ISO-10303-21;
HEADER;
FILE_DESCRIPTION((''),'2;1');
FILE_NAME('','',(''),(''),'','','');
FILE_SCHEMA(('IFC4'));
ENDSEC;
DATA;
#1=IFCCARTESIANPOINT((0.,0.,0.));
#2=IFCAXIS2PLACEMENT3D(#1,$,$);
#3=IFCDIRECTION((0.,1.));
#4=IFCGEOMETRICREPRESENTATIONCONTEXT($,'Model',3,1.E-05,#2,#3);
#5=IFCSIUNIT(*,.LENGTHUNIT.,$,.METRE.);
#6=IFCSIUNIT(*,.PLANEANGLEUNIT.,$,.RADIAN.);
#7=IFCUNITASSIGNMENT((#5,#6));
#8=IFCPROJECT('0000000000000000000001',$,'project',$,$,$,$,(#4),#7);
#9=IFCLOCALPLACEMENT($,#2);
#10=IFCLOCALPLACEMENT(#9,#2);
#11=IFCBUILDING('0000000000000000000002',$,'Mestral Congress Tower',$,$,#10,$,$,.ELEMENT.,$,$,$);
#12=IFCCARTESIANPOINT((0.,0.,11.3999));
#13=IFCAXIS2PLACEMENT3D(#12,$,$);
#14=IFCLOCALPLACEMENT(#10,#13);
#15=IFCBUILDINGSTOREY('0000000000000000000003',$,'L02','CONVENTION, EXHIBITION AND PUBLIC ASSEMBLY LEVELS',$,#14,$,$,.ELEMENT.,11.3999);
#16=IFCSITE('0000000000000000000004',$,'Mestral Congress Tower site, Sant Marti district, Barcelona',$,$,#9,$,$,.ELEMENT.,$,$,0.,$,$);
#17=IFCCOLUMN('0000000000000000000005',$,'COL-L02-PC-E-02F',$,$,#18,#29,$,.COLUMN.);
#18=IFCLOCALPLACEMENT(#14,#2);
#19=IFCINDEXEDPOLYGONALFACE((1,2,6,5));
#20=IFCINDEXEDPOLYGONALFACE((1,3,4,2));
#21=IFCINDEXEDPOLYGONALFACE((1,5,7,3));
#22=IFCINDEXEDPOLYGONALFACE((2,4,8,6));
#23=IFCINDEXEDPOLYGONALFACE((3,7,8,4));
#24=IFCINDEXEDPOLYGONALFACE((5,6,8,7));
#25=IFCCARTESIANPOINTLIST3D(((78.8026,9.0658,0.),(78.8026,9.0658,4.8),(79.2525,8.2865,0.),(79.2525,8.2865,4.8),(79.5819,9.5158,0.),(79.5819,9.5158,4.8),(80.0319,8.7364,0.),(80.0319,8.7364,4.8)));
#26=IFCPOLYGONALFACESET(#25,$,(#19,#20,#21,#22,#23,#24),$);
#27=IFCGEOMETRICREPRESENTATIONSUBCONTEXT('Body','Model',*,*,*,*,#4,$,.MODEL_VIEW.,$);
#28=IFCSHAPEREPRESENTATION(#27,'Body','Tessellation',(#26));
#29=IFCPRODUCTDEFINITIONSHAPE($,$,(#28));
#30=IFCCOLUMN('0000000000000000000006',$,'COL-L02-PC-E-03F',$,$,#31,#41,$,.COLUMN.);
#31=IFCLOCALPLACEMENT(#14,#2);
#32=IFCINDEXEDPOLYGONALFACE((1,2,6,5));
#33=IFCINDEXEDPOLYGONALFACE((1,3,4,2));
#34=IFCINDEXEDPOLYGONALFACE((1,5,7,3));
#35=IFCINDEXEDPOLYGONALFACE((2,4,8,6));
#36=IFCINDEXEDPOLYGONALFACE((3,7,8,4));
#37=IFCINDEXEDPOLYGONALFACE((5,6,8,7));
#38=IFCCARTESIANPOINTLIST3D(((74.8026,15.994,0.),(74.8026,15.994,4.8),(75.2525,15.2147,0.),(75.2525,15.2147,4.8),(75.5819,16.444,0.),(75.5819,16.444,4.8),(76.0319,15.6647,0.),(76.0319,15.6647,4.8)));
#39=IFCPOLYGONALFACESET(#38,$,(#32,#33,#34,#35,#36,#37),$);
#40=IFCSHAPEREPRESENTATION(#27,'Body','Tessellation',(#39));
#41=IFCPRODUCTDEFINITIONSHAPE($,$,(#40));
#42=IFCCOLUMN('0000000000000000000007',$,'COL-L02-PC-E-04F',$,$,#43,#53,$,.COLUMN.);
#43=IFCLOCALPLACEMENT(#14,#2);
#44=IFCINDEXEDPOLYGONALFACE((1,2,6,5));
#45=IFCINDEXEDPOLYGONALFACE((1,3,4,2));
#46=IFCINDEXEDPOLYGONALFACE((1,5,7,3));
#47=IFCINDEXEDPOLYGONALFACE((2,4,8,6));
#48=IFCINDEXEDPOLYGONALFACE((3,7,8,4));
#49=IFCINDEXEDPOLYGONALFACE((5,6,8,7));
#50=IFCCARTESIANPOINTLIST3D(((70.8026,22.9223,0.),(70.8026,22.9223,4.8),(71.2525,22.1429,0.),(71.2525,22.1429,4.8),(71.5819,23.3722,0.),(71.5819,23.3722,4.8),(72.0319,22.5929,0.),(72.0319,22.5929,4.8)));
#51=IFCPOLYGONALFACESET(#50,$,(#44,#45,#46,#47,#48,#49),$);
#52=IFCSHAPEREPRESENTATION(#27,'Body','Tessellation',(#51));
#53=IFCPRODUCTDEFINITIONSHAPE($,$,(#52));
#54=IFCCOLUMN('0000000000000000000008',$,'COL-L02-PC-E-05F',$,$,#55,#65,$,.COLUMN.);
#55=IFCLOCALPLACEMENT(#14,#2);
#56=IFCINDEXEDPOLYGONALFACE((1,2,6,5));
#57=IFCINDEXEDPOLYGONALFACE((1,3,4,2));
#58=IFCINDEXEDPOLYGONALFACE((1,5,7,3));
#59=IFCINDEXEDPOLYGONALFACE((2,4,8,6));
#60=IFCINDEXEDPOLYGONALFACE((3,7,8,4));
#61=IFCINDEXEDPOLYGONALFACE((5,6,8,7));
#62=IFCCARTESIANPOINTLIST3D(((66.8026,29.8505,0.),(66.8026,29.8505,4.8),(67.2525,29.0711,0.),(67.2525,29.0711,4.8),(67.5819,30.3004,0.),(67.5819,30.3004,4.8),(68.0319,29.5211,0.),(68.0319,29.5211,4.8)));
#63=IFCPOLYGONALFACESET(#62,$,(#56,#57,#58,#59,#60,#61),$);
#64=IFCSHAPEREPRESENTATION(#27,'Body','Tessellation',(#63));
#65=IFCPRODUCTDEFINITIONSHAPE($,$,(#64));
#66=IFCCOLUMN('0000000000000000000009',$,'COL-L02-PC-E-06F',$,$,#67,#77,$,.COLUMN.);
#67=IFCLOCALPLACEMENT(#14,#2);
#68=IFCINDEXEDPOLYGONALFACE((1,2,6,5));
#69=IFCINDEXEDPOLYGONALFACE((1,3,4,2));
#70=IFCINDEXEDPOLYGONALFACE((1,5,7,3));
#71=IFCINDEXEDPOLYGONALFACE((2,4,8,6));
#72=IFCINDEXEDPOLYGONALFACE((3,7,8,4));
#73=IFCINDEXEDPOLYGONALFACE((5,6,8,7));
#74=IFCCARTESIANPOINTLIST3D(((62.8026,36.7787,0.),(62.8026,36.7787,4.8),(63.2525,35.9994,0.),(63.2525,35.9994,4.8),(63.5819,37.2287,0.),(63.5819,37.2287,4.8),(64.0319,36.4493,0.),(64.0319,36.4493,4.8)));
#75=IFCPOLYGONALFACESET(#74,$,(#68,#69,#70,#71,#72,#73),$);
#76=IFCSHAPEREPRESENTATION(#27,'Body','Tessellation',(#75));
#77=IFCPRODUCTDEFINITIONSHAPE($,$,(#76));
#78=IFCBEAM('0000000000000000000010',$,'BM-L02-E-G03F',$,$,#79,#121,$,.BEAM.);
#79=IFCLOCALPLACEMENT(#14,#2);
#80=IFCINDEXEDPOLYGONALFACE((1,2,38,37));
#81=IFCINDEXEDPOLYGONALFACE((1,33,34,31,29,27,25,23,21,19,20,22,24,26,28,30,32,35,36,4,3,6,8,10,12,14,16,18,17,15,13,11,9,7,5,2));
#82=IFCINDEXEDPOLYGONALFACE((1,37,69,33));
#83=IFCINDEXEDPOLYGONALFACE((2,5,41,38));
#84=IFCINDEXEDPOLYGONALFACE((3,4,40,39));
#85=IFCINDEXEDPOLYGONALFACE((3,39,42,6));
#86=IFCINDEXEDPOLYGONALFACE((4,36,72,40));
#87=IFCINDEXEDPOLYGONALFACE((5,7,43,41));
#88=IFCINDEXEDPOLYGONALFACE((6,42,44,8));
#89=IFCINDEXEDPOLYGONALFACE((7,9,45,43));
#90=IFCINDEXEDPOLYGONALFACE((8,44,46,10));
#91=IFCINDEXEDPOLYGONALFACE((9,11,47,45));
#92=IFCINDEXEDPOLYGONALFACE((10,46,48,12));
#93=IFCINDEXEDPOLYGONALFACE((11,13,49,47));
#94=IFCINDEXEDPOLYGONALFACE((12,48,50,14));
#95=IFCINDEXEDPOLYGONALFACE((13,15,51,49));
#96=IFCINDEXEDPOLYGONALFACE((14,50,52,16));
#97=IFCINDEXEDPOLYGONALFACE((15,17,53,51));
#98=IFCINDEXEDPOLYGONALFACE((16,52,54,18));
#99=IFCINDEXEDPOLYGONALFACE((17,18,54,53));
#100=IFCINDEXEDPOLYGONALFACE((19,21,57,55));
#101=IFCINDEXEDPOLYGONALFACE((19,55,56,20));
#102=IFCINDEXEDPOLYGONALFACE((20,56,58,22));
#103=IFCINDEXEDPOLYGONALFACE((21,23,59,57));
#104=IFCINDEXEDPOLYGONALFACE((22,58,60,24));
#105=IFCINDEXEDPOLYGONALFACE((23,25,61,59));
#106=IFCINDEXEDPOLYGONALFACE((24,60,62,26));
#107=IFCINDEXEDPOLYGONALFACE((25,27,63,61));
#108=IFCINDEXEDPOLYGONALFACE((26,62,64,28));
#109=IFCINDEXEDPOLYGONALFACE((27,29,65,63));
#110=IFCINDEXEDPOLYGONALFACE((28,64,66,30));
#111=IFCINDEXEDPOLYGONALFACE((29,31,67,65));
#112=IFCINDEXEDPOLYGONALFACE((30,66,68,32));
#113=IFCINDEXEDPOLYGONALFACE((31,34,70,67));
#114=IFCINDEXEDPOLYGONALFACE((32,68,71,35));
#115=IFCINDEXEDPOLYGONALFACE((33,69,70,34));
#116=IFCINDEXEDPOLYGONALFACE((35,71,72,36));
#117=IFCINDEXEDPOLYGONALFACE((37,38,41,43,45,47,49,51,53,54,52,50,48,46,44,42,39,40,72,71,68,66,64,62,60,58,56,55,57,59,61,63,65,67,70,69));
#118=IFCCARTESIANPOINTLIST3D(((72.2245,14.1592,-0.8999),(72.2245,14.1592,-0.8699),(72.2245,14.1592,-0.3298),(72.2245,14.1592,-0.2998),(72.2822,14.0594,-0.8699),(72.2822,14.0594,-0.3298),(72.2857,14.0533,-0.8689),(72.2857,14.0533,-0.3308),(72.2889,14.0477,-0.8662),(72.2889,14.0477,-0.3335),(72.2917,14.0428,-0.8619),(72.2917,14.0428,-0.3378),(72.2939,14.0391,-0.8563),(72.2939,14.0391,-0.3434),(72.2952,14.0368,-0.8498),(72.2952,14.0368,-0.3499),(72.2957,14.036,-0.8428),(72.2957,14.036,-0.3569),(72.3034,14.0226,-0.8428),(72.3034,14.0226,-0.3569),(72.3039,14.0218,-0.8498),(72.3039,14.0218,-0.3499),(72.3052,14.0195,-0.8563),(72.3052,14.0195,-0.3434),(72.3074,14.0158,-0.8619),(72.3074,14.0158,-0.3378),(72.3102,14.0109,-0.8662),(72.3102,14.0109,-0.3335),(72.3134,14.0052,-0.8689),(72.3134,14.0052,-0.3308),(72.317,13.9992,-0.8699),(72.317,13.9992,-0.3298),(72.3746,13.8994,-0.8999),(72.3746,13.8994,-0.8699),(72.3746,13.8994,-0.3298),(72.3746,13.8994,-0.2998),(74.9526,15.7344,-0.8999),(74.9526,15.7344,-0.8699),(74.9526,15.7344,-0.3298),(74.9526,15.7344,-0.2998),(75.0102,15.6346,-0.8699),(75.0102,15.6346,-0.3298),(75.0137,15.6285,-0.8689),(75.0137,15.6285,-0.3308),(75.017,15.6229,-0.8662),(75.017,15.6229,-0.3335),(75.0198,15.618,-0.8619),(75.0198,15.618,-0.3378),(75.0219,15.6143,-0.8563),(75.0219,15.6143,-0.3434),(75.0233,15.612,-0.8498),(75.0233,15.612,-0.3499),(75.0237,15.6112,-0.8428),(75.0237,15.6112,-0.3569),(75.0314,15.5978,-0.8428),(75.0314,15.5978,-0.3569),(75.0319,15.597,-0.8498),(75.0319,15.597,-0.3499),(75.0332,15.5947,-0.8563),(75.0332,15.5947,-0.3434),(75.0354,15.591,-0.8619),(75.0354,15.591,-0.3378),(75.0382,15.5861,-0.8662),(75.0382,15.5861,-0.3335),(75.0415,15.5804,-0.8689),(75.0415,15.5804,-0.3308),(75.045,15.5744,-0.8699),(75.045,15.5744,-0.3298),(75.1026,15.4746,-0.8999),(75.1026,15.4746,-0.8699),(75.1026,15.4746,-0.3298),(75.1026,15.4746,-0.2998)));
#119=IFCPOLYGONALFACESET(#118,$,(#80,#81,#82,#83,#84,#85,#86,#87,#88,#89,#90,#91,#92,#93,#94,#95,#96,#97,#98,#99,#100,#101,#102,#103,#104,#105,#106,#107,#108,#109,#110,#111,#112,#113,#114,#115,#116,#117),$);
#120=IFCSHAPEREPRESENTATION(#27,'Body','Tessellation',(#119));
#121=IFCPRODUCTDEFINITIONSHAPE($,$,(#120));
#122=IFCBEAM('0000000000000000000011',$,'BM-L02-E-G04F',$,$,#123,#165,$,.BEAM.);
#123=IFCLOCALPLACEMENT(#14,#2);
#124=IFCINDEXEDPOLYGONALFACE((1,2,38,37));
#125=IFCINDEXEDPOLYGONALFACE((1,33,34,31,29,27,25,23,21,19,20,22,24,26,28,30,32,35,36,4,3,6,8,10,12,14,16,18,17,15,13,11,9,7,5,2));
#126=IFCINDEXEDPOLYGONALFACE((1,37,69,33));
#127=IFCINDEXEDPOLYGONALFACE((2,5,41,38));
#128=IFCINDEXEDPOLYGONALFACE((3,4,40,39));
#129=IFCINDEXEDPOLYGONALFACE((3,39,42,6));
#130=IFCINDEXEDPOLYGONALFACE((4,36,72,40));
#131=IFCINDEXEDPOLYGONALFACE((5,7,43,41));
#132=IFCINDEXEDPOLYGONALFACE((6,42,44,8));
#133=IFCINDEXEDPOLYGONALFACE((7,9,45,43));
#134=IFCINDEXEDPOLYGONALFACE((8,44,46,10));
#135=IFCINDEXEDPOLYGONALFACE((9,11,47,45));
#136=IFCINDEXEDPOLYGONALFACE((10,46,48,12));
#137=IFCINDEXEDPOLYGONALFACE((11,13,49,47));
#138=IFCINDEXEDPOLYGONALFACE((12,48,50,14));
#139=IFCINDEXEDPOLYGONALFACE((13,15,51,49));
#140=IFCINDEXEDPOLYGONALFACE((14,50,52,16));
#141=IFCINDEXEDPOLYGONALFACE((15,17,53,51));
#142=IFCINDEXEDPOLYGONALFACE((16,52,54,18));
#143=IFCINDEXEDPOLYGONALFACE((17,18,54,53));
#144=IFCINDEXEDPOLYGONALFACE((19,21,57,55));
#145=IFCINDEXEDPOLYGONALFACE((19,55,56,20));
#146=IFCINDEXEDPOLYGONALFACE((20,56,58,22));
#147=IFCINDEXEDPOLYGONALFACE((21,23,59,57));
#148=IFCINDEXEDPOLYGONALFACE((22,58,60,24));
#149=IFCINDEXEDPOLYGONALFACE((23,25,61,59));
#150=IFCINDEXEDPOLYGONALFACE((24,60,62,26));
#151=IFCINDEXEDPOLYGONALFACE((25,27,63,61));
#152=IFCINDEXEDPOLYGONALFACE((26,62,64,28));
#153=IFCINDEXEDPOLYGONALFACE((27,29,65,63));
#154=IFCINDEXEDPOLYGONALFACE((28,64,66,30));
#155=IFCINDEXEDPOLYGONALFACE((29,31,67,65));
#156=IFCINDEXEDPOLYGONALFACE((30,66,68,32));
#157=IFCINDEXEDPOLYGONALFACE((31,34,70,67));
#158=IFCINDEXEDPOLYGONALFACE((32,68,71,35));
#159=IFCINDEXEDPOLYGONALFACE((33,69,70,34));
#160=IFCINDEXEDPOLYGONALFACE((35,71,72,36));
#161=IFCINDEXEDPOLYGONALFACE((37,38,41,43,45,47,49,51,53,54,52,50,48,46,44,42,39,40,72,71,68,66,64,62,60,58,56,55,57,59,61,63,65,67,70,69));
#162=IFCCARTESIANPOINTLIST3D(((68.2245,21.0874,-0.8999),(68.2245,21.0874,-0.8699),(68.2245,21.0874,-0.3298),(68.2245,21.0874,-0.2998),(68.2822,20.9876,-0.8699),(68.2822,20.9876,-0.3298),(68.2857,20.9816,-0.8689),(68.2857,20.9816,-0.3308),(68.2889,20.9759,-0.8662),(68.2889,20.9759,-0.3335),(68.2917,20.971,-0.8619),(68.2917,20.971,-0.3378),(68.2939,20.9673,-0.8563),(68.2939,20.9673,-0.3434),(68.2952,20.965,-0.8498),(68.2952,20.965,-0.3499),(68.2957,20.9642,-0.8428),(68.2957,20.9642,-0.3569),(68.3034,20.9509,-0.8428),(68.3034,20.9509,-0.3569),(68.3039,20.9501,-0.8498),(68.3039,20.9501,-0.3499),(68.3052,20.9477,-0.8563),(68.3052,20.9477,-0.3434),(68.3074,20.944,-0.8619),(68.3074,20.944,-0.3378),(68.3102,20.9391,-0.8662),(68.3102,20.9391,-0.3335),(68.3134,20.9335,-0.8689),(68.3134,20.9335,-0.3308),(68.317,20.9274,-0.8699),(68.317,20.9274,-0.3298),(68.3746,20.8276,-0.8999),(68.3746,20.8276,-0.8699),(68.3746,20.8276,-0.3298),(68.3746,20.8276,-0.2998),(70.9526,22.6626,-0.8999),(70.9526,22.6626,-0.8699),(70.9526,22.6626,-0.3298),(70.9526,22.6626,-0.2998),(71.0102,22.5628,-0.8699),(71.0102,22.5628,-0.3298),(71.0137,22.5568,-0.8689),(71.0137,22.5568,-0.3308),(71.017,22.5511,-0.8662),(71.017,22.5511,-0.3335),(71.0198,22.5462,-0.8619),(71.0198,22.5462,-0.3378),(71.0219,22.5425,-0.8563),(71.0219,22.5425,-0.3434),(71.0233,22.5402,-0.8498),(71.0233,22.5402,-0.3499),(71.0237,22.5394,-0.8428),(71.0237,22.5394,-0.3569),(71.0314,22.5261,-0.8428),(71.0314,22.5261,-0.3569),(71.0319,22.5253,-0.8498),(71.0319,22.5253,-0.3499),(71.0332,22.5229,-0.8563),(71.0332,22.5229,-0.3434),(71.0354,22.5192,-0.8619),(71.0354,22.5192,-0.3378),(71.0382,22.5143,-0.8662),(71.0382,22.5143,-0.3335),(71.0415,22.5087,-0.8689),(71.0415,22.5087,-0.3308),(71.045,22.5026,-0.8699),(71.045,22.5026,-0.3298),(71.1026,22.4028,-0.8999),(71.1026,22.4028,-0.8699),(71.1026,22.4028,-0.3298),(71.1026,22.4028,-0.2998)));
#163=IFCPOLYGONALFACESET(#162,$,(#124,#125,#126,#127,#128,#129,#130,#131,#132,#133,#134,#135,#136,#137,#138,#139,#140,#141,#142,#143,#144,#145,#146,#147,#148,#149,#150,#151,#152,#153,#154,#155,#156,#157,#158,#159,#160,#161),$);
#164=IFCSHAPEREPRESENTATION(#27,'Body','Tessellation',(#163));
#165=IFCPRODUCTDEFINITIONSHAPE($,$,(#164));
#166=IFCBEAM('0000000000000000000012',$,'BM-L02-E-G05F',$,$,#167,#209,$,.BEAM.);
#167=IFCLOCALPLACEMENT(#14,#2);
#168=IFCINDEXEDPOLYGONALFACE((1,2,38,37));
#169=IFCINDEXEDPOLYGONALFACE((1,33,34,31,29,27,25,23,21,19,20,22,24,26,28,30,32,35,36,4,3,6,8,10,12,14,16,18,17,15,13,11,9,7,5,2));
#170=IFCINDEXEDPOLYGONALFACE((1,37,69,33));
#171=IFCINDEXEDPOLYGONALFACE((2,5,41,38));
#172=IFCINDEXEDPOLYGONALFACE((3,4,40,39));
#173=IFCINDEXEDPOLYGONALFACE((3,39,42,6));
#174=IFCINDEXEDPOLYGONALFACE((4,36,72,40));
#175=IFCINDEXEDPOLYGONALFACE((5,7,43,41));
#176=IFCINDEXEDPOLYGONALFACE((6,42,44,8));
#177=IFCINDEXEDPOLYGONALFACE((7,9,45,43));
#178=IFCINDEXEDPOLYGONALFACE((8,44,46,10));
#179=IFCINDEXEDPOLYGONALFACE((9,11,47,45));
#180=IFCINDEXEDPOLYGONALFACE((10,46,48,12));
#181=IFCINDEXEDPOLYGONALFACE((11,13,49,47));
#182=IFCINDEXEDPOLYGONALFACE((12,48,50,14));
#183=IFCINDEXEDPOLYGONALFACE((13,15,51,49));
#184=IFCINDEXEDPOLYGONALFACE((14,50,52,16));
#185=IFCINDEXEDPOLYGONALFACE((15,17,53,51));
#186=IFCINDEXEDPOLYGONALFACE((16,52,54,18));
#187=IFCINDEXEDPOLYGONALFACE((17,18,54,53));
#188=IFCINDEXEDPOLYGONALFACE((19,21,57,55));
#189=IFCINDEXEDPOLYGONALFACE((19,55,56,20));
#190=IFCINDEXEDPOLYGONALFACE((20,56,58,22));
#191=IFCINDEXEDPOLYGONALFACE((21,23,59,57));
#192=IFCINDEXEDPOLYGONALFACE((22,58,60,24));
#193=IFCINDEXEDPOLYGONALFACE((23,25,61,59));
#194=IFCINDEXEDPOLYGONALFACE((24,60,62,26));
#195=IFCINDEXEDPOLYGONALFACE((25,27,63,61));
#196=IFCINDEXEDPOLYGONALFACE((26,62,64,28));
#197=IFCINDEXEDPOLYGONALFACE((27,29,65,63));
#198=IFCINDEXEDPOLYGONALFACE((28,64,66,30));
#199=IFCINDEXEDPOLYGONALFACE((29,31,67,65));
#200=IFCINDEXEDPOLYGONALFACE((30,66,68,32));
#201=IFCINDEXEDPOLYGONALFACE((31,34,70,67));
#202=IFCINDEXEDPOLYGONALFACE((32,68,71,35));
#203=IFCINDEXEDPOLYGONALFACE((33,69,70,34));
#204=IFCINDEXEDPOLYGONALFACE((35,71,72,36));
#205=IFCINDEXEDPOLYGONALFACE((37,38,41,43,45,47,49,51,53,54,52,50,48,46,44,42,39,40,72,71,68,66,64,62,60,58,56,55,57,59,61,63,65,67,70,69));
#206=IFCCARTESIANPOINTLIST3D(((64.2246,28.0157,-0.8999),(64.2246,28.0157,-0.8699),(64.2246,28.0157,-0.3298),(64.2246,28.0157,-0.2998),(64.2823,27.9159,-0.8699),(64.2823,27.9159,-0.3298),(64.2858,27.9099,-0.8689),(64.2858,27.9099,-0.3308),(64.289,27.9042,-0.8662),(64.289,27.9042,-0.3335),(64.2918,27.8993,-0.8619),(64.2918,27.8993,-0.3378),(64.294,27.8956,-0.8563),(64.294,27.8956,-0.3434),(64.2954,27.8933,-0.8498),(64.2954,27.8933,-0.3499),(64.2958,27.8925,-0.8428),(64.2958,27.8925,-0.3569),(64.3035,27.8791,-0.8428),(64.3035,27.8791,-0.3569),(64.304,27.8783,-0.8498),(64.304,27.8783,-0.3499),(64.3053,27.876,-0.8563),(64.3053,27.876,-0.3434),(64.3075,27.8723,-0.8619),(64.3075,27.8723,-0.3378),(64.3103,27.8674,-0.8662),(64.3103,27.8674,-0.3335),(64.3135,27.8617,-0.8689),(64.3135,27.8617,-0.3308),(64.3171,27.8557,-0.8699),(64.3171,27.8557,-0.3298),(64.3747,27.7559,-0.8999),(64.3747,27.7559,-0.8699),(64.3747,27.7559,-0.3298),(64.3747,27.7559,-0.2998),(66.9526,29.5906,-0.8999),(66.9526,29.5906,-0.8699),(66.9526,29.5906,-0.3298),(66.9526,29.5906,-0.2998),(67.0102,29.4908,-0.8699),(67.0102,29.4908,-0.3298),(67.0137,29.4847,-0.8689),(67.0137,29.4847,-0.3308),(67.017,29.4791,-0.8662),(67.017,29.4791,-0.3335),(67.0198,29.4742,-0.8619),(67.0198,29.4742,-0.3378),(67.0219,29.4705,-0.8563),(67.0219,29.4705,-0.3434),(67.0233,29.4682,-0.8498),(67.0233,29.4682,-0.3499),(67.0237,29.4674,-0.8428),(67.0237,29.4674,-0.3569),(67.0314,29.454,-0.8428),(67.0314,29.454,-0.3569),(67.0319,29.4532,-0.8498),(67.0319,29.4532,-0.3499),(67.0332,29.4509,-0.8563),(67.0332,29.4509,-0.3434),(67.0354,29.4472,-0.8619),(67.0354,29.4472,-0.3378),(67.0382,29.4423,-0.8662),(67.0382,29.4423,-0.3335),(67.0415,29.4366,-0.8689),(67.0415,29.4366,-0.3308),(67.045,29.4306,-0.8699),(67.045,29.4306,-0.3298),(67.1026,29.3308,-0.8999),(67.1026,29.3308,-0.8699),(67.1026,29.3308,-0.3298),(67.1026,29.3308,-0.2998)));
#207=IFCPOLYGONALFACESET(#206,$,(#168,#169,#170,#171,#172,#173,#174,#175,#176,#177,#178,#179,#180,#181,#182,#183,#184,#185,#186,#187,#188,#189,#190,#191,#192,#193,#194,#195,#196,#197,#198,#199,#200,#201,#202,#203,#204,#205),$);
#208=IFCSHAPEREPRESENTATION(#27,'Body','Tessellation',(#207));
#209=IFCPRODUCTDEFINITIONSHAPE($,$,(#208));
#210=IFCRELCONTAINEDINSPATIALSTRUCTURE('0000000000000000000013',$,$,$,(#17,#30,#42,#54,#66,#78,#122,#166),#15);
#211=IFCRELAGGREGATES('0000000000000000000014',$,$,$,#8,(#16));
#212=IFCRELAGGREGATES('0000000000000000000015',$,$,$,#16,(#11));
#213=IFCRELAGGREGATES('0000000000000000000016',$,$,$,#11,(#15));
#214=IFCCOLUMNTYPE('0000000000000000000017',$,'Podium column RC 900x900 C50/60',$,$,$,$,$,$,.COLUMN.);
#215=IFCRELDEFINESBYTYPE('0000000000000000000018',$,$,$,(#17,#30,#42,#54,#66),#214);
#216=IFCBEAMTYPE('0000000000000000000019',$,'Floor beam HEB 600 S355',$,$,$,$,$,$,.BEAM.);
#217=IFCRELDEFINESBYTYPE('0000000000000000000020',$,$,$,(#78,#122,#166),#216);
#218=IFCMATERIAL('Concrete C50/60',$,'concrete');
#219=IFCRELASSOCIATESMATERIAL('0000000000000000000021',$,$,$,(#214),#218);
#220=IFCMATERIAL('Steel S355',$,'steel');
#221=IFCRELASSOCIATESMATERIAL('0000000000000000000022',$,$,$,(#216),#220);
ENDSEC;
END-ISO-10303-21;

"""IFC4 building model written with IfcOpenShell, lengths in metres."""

from ifc_helpers import new_model, si_unit, direction, frame, origin, origin_2d, place, context, subcontext, project, spatial, rectangle, i_section, extrude, material, material_profile, profile_set, type_object, element, save


model = new_model("IFC4")

# Units and contexts
model_context = context("Model", 3, precision=1e-05, world=origin(), true_north=direction((0.0, 1.0)))
body_context = subcontext(model_context, "Body", "Model", "MODEL_VIEW")
ifc_project = project(units=[si_unit("LENGTHUNIT", "METRE"), si_unit("PLANEANGLEUNIT", "RADIAN")], contexts=[model_context])

# Site, building, storey
site_placement = place(None, origin())
site = spatial("IfcSite", under=ifc_project, at=site_placement, Name="Mestral Congress Tower site, Sant Marti district, Barcelona", CompositionType="ELEMENT", RefElevation=0.0)
building_placement = place(site_placement, origin())
building = spatial("IfcBuilding", under=site, at=building_placement, Name="Mestral Congress Tower", CompositionType="ELEMENT")
storey_placement = place(building_placement, frame((0.0, 0.0, 11.3999)))
storey = spatial("IfcBuildingStorey", under=building, at=storey_placement, Name="L02", Description="CONVENTION, EXHIBITION AND PUBLIC ASSEMBLY LEVELS", CompositionType="ELEMENT", Elevation=11.3999)

# Columns
ifc_material_1 = material(Name="Concrete C50/60", Category="concrete")
ifc_material_profile_1 = material_profile(ifc_material_1, rectangle(XDim=0.8999, YDim=0.8999, at=origin_2d()), Name="RC 900x900")
ifc_profile_set_1 = profile_set([ifc_material_profile_1], Name="Concrete C50/60")
column_type = type_object("IfcColumnType", Name="Podium column RC 900x900 C50/60", PredefinedType="COLUMN", material=ifc_profile_set_1)
for number, where, z_axis, x_axis, name in (
    (1, (79.4172, 8.9011, 0.0), (0.0, 0.0, 1.0), (-0.5, 0.866025, 0.0), "COL-L02-PC-E-02F"),
    (2, (75.4172, 15.8293, 0.0), (0.0, 0.0, 1.0), (-0.5, 0.866025, 0.0), "COL-L02-PC-E-03F"),
    (3, (71.4172, 22.7576, 0.0), (0.0, 0.0, 1.0), (-0.5, 0.866025, 0.0), "COL-L02-PC-E-04F"),
    (4, (67.4172, 29.6858, 0.0), (0.0, 0.0, 1.0), (-0.5, 0.866025, 0.0), "COL-L02-PC-E-05F"),
    (5, (63.4172, 36.614, 0.0), (0.0, 0.0, 1.0), (-0.5, 0.866025, 0.0), "COL-L02-PC-E-06F"),
):
    element("IfcColumn", number, at=place(storey_placement, frame(where, z_axis=z_axis, x_axis=x_axis)), inside=storey, type_object=column_type, Name=name, PredefinedType="COLUMN", context=body_context, shape_type="SweptSolid", body=[
        extrude(rectangle(XDim=0.8999, YDim=0.8999, at=origin_2d()), origin(), (0.0, 0.0, 1.0), 4.8),
    ])

# Beams
ifc_material_2 = material(Name="Steel S355", Category="steel")
ifc_material_profile_2 = material_profile(ifc_material_2, i_section(OverallWidth=0.3, OverallDepth=0.6001, WebThickness=0.0154, FlangeThickness=0.03, FilletRadius=0.0271, at=origin_2d()), Name="HEB 600")
ifc_profile_set_2 = profile_set([ifc_material_profile_2], Name="Steel S355")
beam_type_1 = type_object("IfcBeamType", Name="Floor beam HEB 600 S355", PredefinedType="BEAM", material=ifc_profile_set_2)
for number, where, z_axis, x_axis, name in (
    (6, (75.0276, 15.6045, -0.5999), (-0.866002, -0.50004, 0.0), (0.50004, -0.866002, 0.0), "BM-L02-E-G03F"),
    (7, (71.0276, 22.5327, -0.5999), (-0.866002, -0.50004, 0.0), (0.50004, -0.866002, 0.0), "BM-L02-E-G04F"),
):
    element("IfcBeam", number, at=place(storey_placement, frame(where, z_axis=z_axis, x_axis=x_axis)), inside=storey, type_object=beam_type_1, Name=name, PredefinedType="BEAM", context=body_context, shape_type="SweptSolid", body=[
        extrude(i_section(OverallWidth=0.3, OverallDepth=0.6001, WebThickness=0.0154, FlangeThickness=0.03, FilletRadius=0.0271, at=origin_2d()), origin(), (0.0, 0.0, 1.0), 3.1501),
    ])
beam_1_placement = place(storey_placement, frame((67.0276, 29.4607, -0.5999), z_axis=(-0.866036, -0.499982, 0.0), x_axis=(0.499982, -0.866036, 0.0)))
element("IfcBeam", 8, at=beam_1_placement, inside=storey, type_object=beam_type_1, Name="BM-L02-E-G05F", PredefinedType="BEAM", context=body_context, shape_type="SweptSolid", body=[
    extrude(i_section(OverallWidth=0.3, OverallDepth=0.6001, WebThickness=0.0154, FlangeThickness=0.03, FilletRadius=0.0271, at=origin_2d()), origin(), (0.0, 0.0, 1.0), 3.1499),
])

save(model, "model.ifc")
